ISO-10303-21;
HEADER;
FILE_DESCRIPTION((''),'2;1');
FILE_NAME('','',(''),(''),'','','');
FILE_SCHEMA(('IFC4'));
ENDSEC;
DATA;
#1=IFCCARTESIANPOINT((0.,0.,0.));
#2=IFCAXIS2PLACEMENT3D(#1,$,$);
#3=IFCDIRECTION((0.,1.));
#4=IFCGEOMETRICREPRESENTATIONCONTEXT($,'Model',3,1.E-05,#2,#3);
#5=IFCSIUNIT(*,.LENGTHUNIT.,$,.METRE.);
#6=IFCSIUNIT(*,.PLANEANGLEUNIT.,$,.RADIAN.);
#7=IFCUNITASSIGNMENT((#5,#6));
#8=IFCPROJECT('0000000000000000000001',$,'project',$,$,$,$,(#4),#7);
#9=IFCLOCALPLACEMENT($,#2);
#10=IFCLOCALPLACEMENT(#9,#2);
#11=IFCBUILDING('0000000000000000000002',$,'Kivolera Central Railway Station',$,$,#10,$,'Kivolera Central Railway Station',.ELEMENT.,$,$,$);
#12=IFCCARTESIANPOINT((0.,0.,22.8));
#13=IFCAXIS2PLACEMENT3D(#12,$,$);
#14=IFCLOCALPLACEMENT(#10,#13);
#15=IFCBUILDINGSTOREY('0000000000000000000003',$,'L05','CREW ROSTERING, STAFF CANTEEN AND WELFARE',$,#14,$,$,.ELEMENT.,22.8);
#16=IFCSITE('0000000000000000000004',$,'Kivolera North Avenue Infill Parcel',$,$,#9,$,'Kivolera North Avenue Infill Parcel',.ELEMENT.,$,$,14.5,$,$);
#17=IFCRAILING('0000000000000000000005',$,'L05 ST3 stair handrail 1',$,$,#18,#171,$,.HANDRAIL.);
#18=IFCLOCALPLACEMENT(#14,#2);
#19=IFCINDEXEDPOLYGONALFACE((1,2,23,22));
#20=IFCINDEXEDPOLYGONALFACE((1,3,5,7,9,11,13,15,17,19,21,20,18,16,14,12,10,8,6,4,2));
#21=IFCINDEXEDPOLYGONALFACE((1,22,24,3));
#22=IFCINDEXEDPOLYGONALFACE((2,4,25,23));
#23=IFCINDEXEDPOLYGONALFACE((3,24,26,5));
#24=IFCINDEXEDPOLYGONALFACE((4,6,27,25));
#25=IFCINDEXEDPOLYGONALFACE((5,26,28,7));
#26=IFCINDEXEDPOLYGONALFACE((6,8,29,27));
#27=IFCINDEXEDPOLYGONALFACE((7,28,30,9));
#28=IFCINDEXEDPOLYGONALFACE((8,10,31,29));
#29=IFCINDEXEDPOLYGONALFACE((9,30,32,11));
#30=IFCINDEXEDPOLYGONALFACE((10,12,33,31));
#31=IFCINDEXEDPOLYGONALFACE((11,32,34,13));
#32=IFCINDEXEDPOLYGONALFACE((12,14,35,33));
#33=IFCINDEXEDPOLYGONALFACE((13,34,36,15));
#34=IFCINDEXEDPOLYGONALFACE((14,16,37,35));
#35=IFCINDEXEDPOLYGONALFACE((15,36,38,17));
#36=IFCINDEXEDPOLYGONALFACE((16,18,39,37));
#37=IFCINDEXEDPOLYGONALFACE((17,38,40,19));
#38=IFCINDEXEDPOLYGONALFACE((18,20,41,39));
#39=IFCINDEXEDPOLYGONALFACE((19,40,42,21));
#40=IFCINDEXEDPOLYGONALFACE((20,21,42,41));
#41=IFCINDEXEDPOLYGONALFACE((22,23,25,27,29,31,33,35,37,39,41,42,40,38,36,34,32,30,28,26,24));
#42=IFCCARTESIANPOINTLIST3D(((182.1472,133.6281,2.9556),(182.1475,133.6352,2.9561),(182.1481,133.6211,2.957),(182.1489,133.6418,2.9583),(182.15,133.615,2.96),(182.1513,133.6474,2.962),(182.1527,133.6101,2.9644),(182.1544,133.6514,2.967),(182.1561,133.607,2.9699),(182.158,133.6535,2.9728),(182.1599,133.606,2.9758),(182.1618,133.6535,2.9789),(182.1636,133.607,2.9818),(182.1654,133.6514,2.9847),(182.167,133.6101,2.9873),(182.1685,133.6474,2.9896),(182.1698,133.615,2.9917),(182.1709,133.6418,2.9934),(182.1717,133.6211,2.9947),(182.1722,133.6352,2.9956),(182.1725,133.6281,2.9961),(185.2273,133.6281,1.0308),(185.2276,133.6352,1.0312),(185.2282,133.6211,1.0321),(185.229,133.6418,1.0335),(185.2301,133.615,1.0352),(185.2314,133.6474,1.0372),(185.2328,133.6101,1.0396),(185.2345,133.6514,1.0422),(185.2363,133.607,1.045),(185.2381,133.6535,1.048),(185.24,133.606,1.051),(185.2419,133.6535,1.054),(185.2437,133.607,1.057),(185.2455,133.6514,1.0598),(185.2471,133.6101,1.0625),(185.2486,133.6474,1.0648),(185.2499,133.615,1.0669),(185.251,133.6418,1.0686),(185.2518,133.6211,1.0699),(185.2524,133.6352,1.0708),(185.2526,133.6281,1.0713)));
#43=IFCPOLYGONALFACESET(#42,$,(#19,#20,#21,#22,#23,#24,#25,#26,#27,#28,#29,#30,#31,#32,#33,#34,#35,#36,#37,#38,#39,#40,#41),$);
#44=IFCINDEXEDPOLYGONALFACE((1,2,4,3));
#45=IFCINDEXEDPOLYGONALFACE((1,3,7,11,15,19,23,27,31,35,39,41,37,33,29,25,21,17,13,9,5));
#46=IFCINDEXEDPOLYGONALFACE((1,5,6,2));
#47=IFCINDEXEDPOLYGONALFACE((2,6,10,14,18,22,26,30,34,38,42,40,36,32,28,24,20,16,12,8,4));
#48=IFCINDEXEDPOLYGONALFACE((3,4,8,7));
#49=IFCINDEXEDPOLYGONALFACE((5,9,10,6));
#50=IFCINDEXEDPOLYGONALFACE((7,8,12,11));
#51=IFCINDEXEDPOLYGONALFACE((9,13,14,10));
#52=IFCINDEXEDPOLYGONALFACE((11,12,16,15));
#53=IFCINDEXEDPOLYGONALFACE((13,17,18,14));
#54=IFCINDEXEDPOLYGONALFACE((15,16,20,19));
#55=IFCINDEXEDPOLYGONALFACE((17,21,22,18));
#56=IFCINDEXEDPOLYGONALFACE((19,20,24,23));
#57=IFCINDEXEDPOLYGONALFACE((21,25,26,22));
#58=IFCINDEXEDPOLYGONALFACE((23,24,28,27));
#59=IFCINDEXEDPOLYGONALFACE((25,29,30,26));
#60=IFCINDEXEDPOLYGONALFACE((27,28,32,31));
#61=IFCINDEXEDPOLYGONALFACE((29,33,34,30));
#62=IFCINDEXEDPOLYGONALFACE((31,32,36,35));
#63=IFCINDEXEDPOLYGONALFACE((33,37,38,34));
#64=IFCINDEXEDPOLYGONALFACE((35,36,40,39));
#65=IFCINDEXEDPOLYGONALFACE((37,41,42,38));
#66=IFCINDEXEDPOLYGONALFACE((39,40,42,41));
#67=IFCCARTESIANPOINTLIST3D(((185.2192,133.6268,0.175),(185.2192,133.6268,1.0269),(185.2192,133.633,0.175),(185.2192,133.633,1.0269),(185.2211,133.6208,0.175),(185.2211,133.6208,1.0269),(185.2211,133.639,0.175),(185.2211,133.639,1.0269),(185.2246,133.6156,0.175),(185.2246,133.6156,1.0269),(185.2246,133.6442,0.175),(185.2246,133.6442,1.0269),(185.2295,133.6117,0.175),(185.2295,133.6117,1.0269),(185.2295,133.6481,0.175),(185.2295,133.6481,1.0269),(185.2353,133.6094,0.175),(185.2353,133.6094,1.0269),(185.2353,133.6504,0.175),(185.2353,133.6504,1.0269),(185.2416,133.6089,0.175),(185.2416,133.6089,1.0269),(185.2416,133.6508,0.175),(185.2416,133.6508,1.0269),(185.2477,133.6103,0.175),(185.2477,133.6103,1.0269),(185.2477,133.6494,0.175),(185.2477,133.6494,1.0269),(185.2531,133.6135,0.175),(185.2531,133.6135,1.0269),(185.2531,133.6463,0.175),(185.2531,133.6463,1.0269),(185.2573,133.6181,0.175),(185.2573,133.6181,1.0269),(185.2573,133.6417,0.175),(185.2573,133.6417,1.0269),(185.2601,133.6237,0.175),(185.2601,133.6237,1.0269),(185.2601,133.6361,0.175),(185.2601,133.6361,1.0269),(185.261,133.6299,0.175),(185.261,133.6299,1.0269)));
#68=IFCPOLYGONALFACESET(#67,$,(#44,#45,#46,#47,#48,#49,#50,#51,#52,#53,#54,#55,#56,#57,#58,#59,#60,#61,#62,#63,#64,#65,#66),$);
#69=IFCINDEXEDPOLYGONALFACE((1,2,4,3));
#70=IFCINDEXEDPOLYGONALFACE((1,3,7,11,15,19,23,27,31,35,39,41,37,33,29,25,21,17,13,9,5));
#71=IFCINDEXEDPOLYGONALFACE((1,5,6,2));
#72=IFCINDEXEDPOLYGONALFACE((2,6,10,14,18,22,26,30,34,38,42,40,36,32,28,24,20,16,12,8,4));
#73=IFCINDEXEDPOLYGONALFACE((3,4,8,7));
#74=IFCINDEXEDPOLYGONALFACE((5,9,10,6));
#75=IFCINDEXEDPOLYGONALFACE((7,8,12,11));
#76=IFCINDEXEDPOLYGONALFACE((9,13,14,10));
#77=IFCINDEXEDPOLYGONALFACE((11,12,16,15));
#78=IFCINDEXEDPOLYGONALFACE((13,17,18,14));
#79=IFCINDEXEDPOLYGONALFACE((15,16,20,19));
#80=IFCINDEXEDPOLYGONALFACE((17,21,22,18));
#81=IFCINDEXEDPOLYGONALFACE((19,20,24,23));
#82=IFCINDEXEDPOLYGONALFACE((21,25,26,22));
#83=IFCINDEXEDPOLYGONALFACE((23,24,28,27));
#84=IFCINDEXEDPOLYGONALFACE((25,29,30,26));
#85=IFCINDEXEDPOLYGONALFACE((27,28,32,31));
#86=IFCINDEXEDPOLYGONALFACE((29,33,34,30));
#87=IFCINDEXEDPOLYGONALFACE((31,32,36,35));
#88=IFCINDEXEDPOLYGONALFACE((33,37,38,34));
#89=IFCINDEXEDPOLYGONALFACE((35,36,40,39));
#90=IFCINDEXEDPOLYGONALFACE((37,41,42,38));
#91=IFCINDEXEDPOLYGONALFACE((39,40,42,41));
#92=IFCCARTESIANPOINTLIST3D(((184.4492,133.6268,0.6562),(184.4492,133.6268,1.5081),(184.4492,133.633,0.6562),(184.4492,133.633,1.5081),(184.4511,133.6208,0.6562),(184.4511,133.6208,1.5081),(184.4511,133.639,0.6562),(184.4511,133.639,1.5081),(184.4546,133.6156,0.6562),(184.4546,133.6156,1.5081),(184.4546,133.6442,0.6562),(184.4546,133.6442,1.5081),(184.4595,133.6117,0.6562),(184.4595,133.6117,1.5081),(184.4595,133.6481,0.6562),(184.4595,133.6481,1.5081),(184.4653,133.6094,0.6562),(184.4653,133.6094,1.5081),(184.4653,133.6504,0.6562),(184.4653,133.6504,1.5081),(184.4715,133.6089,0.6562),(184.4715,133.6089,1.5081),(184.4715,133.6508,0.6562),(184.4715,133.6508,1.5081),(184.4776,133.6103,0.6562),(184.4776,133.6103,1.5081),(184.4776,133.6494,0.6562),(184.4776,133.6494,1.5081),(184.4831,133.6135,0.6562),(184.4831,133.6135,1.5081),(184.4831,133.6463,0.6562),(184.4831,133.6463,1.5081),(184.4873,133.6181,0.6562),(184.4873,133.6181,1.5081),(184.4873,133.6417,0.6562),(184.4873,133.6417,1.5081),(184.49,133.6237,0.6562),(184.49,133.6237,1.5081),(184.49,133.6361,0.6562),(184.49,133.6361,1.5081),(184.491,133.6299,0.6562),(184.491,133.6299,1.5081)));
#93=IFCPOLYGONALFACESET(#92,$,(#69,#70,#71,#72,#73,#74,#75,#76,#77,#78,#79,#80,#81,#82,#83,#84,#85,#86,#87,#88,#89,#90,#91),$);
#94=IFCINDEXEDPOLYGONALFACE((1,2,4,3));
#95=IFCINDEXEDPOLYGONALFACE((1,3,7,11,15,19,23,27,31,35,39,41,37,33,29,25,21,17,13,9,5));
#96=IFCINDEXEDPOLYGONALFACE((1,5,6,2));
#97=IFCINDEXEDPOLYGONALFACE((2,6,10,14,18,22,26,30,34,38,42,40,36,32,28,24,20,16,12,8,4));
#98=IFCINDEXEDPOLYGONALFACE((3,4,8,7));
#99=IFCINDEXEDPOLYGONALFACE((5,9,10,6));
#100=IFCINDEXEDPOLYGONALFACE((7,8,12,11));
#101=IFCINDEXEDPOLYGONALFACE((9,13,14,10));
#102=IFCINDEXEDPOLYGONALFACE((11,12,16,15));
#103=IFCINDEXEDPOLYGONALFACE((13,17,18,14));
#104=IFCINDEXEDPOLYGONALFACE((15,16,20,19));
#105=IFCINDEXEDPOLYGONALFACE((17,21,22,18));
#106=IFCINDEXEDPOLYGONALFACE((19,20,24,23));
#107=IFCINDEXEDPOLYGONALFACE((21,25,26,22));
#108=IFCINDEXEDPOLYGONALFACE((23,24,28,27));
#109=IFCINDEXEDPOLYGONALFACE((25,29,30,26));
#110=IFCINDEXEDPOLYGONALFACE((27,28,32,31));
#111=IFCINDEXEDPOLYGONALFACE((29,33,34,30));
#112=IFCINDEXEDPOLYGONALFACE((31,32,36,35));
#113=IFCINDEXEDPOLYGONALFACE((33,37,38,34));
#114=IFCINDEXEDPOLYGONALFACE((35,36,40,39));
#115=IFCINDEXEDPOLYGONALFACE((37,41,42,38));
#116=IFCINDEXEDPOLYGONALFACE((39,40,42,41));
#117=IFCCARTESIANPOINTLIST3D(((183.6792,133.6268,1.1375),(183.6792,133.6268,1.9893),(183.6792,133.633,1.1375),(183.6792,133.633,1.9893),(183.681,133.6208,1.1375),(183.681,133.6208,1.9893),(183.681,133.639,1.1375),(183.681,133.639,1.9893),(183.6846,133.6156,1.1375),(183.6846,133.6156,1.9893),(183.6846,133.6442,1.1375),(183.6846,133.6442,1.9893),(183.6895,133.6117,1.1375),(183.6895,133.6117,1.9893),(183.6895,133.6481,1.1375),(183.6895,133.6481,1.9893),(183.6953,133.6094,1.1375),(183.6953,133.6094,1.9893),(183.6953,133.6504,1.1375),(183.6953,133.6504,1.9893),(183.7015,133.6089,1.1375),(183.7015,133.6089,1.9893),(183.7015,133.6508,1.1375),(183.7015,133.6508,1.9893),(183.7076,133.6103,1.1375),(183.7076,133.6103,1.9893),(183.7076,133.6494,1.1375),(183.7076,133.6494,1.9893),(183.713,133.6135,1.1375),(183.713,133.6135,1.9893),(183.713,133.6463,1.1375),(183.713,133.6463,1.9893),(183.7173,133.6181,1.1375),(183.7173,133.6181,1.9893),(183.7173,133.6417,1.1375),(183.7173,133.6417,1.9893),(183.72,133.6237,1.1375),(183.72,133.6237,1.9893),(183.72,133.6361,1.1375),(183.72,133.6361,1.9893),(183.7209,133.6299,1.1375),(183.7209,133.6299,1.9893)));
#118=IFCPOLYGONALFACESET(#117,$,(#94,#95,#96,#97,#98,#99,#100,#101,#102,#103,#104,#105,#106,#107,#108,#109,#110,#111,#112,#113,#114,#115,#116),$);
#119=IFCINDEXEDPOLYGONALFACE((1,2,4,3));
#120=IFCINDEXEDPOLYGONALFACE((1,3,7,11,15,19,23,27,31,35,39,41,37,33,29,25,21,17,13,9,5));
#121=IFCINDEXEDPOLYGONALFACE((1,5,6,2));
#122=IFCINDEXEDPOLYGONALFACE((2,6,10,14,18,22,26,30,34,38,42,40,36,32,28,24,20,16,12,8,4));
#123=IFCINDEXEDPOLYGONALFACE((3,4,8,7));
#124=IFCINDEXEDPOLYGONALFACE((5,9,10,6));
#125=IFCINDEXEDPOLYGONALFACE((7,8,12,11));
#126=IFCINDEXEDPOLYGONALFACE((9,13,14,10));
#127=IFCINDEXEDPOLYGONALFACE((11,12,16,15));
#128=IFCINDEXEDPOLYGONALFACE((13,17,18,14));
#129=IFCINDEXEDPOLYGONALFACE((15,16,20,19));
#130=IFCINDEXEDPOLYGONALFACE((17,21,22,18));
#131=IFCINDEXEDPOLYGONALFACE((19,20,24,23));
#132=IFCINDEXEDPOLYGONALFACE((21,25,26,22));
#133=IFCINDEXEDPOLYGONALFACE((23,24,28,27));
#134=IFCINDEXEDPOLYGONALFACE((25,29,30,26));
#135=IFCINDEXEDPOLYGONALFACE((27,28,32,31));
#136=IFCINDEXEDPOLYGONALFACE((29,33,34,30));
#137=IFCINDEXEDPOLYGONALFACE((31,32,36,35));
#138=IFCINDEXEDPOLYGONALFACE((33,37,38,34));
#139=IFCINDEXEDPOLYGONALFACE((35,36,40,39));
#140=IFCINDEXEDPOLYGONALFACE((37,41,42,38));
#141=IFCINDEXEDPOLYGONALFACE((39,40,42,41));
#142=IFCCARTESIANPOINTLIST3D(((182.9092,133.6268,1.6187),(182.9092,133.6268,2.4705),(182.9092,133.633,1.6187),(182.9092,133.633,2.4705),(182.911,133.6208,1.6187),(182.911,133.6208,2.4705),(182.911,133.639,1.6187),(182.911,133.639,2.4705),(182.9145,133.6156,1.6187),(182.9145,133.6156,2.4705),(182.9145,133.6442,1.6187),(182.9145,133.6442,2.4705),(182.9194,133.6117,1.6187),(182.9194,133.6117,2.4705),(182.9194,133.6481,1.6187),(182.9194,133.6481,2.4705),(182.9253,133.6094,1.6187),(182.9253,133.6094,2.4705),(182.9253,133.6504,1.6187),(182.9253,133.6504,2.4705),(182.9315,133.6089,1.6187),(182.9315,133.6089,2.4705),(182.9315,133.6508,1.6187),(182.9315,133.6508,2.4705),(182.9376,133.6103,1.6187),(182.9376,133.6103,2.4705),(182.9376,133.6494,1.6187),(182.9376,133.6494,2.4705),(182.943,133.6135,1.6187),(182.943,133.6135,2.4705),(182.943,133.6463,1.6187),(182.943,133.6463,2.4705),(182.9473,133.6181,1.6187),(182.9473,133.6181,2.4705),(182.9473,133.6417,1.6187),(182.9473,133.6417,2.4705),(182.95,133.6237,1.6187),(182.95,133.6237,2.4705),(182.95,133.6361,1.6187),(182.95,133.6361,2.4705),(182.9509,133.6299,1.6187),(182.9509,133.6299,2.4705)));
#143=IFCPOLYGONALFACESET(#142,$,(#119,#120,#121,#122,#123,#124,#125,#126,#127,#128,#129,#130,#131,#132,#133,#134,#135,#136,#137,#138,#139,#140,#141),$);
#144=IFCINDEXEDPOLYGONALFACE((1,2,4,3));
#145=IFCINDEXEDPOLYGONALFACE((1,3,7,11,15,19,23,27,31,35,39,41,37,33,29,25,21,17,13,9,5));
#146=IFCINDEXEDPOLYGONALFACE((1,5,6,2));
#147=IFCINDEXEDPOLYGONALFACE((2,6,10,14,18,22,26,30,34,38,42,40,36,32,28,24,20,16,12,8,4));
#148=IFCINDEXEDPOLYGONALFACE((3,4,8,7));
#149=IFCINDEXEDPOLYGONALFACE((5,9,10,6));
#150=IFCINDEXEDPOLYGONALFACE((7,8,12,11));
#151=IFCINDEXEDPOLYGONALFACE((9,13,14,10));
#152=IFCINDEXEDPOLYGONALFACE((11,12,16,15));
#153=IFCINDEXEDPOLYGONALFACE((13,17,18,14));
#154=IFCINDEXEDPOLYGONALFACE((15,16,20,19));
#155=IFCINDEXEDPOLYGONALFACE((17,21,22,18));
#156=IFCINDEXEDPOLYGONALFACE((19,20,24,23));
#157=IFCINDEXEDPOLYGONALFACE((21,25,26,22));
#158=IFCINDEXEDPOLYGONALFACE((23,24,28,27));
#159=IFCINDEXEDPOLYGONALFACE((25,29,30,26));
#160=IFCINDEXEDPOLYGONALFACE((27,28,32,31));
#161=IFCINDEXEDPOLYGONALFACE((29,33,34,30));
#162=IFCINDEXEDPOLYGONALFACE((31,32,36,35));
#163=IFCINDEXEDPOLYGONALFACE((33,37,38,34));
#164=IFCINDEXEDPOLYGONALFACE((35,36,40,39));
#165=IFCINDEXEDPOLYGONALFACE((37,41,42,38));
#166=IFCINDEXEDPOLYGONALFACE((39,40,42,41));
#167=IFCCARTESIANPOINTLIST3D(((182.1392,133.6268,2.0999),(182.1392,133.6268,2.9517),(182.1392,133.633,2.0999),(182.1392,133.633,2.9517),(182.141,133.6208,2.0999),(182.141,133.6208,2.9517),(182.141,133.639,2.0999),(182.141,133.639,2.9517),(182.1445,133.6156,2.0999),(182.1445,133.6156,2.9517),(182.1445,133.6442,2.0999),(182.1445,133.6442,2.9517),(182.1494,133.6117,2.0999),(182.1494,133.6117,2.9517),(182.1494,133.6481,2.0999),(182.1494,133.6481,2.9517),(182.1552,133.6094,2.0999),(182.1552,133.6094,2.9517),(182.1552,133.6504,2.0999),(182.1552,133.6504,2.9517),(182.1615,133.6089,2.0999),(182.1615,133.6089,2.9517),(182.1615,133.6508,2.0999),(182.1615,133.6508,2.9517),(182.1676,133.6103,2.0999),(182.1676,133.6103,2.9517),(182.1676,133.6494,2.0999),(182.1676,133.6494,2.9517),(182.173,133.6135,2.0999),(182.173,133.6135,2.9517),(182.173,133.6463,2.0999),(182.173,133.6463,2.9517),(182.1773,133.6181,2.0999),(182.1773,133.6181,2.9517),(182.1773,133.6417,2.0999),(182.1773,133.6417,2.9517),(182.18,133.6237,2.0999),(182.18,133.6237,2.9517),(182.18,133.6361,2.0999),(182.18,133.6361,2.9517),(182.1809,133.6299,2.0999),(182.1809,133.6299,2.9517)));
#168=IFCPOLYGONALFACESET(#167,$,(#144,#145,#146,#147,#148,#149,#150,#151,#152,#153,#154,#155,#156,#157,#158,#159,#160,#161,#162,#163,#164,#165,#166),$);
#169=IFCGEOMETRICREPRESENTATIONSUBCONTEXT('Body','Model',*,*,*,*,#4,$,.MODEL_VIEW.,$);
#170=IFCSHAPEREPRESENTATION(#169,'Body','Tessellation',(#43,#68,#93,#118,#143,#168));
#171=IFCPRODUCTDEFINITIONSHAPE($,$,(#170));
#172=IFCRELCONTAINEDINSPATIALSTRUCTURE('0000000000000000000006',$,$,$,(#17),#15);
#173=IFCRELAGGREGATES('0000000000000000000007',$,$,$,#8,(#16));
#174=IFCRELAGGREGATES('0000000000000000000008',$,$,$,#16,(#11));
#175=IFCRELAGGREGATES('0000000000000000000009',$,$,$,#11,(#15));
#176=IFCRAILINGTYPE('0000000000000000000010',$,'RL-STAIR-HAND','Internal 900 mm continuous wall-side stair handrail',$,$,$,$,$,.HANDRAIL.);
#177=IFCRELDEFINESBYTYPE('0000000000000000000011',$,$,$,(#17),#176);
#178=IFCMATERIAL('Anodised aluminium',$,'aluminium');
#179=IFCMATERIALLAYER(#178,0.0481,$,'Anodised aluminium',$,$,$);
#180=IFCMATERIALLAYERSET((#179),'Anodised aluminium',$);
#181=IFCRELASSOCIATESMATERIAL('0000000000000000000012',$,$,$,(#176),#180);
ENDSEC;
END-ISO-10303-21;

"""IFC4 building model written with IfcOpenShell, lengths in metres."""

from ifc_helpers import new_model, si_unit, direction, frame, origin, origin_2d, place, context, subcontext, project, spatial, circle, extrude, material, layer, layer_set, type_object, element, save


model = new_model("IFC4")

# Units and contexts
model_context = context("Model", 3, precision=1e-05, world=origin(), true_north=direction((0.0, 1.0)))
body_context = subcontext(model_context, "Body", "Model", "MODEL_VIEW")
ifc_project = project(units=[si_unit("LENGTHUNIT", "METRE"), si_unit("PLANEANGLEUNIT", "RADIAN")], contexts=[model_context])

# Site, building, storey
site_placement = place(None, origin())
site = spatial("IfcSite", under=ifc_project, at=site_placement, Name="Kivolera North Avenue Infill Parcel", LongName="Kivolera North Avenue Infill Parcel", CompositionType="ELEMENT", RefElevation=14.5)
building_placement = place(site_placement, origin())
building = spatial("IfcBuilding", under=site, at=building_placement, Name="Kivolera Central Railway Station", LongName="Kivolera Central Railway Station", CompositionType="ELEMENT")
storey_placement = place(building_placement, frame((0.0, 0.0, 22.8)))
storey = spatial("IfcBuildingStorey", under=building, at=storey_placement, Name="L05", Description="CREW ROSTERING, STAFF CANTEEN AND WELFARE", CompositionType="ELEMENT", Elevation=22.8)

# Shared definitions
ifc_material_1 = material(Name="Anodised aluminium", Category="aluminium")

# Railing
ifc_layer_1 = layer(ifc_material_1, 0.0481, Name="Anodised aluminium")
ifc_layer_set_1 = layer_set([ifc_layer_1], Name="Anodised aluminium")
railing_type_1 = type_object("IfcRailingType", Name="RL-STAIR-HAND", Description="Internal 900 mm continuous wall-side stair handrail", PredefinedType="HANDRAIL", material=ifc_layer_set_1)
railing_1_placement = place(storey_placement, frame((185.24, 133.6299, 0.175)))
element("IfcRailing", 1, at=railing_1_placement, inside=storey, type_object=railing_type_1, Name="L05 ST3 stair handrail 1", PredefinedType="HANDRAIL", context=body_context, shape_type="SweptSolid", body=[
    extrude(circle(Radius=0.0239, at=origin_2d()), frame((0.0, 0.0, 0.876), z_axis=(-0.848029, 0.0, 0.529951), x_axis=(0.0, -1.0, 0.0)), (0.0, 0.0, 1.0), 3.6321),
    extrude(circle(Radius=0.021, at=origin_2d()), origin(), (0.0, 0.0, 1.0), 0.8518),
    extrude(circle(Radius=0.021, at=origin_2d()), frame((-0.77, 0.0, 0.4812)), (0.0, 0.0, 1.0), 0.8518),
    extrude(circle(Radius=0.021, at=origin_2d()), frame((-1.54, 0.0, 0.9624)), (0.0, 0.0, 1.0), 0.8518),
    extrude(circle(Radius=0.021, at=origin_2d()), frame((-2.3101, 0.0, 1.4436)), (0.0, 0.0, 1.0), 0.8518),
    extrude(circle(Radius=0.021, at=origin_2d()), frame((-3.0801, 0.0, 1.9248)), (0.0, 0.0, 1.0), 0.8518),
])

save(model, "model.ifc")
